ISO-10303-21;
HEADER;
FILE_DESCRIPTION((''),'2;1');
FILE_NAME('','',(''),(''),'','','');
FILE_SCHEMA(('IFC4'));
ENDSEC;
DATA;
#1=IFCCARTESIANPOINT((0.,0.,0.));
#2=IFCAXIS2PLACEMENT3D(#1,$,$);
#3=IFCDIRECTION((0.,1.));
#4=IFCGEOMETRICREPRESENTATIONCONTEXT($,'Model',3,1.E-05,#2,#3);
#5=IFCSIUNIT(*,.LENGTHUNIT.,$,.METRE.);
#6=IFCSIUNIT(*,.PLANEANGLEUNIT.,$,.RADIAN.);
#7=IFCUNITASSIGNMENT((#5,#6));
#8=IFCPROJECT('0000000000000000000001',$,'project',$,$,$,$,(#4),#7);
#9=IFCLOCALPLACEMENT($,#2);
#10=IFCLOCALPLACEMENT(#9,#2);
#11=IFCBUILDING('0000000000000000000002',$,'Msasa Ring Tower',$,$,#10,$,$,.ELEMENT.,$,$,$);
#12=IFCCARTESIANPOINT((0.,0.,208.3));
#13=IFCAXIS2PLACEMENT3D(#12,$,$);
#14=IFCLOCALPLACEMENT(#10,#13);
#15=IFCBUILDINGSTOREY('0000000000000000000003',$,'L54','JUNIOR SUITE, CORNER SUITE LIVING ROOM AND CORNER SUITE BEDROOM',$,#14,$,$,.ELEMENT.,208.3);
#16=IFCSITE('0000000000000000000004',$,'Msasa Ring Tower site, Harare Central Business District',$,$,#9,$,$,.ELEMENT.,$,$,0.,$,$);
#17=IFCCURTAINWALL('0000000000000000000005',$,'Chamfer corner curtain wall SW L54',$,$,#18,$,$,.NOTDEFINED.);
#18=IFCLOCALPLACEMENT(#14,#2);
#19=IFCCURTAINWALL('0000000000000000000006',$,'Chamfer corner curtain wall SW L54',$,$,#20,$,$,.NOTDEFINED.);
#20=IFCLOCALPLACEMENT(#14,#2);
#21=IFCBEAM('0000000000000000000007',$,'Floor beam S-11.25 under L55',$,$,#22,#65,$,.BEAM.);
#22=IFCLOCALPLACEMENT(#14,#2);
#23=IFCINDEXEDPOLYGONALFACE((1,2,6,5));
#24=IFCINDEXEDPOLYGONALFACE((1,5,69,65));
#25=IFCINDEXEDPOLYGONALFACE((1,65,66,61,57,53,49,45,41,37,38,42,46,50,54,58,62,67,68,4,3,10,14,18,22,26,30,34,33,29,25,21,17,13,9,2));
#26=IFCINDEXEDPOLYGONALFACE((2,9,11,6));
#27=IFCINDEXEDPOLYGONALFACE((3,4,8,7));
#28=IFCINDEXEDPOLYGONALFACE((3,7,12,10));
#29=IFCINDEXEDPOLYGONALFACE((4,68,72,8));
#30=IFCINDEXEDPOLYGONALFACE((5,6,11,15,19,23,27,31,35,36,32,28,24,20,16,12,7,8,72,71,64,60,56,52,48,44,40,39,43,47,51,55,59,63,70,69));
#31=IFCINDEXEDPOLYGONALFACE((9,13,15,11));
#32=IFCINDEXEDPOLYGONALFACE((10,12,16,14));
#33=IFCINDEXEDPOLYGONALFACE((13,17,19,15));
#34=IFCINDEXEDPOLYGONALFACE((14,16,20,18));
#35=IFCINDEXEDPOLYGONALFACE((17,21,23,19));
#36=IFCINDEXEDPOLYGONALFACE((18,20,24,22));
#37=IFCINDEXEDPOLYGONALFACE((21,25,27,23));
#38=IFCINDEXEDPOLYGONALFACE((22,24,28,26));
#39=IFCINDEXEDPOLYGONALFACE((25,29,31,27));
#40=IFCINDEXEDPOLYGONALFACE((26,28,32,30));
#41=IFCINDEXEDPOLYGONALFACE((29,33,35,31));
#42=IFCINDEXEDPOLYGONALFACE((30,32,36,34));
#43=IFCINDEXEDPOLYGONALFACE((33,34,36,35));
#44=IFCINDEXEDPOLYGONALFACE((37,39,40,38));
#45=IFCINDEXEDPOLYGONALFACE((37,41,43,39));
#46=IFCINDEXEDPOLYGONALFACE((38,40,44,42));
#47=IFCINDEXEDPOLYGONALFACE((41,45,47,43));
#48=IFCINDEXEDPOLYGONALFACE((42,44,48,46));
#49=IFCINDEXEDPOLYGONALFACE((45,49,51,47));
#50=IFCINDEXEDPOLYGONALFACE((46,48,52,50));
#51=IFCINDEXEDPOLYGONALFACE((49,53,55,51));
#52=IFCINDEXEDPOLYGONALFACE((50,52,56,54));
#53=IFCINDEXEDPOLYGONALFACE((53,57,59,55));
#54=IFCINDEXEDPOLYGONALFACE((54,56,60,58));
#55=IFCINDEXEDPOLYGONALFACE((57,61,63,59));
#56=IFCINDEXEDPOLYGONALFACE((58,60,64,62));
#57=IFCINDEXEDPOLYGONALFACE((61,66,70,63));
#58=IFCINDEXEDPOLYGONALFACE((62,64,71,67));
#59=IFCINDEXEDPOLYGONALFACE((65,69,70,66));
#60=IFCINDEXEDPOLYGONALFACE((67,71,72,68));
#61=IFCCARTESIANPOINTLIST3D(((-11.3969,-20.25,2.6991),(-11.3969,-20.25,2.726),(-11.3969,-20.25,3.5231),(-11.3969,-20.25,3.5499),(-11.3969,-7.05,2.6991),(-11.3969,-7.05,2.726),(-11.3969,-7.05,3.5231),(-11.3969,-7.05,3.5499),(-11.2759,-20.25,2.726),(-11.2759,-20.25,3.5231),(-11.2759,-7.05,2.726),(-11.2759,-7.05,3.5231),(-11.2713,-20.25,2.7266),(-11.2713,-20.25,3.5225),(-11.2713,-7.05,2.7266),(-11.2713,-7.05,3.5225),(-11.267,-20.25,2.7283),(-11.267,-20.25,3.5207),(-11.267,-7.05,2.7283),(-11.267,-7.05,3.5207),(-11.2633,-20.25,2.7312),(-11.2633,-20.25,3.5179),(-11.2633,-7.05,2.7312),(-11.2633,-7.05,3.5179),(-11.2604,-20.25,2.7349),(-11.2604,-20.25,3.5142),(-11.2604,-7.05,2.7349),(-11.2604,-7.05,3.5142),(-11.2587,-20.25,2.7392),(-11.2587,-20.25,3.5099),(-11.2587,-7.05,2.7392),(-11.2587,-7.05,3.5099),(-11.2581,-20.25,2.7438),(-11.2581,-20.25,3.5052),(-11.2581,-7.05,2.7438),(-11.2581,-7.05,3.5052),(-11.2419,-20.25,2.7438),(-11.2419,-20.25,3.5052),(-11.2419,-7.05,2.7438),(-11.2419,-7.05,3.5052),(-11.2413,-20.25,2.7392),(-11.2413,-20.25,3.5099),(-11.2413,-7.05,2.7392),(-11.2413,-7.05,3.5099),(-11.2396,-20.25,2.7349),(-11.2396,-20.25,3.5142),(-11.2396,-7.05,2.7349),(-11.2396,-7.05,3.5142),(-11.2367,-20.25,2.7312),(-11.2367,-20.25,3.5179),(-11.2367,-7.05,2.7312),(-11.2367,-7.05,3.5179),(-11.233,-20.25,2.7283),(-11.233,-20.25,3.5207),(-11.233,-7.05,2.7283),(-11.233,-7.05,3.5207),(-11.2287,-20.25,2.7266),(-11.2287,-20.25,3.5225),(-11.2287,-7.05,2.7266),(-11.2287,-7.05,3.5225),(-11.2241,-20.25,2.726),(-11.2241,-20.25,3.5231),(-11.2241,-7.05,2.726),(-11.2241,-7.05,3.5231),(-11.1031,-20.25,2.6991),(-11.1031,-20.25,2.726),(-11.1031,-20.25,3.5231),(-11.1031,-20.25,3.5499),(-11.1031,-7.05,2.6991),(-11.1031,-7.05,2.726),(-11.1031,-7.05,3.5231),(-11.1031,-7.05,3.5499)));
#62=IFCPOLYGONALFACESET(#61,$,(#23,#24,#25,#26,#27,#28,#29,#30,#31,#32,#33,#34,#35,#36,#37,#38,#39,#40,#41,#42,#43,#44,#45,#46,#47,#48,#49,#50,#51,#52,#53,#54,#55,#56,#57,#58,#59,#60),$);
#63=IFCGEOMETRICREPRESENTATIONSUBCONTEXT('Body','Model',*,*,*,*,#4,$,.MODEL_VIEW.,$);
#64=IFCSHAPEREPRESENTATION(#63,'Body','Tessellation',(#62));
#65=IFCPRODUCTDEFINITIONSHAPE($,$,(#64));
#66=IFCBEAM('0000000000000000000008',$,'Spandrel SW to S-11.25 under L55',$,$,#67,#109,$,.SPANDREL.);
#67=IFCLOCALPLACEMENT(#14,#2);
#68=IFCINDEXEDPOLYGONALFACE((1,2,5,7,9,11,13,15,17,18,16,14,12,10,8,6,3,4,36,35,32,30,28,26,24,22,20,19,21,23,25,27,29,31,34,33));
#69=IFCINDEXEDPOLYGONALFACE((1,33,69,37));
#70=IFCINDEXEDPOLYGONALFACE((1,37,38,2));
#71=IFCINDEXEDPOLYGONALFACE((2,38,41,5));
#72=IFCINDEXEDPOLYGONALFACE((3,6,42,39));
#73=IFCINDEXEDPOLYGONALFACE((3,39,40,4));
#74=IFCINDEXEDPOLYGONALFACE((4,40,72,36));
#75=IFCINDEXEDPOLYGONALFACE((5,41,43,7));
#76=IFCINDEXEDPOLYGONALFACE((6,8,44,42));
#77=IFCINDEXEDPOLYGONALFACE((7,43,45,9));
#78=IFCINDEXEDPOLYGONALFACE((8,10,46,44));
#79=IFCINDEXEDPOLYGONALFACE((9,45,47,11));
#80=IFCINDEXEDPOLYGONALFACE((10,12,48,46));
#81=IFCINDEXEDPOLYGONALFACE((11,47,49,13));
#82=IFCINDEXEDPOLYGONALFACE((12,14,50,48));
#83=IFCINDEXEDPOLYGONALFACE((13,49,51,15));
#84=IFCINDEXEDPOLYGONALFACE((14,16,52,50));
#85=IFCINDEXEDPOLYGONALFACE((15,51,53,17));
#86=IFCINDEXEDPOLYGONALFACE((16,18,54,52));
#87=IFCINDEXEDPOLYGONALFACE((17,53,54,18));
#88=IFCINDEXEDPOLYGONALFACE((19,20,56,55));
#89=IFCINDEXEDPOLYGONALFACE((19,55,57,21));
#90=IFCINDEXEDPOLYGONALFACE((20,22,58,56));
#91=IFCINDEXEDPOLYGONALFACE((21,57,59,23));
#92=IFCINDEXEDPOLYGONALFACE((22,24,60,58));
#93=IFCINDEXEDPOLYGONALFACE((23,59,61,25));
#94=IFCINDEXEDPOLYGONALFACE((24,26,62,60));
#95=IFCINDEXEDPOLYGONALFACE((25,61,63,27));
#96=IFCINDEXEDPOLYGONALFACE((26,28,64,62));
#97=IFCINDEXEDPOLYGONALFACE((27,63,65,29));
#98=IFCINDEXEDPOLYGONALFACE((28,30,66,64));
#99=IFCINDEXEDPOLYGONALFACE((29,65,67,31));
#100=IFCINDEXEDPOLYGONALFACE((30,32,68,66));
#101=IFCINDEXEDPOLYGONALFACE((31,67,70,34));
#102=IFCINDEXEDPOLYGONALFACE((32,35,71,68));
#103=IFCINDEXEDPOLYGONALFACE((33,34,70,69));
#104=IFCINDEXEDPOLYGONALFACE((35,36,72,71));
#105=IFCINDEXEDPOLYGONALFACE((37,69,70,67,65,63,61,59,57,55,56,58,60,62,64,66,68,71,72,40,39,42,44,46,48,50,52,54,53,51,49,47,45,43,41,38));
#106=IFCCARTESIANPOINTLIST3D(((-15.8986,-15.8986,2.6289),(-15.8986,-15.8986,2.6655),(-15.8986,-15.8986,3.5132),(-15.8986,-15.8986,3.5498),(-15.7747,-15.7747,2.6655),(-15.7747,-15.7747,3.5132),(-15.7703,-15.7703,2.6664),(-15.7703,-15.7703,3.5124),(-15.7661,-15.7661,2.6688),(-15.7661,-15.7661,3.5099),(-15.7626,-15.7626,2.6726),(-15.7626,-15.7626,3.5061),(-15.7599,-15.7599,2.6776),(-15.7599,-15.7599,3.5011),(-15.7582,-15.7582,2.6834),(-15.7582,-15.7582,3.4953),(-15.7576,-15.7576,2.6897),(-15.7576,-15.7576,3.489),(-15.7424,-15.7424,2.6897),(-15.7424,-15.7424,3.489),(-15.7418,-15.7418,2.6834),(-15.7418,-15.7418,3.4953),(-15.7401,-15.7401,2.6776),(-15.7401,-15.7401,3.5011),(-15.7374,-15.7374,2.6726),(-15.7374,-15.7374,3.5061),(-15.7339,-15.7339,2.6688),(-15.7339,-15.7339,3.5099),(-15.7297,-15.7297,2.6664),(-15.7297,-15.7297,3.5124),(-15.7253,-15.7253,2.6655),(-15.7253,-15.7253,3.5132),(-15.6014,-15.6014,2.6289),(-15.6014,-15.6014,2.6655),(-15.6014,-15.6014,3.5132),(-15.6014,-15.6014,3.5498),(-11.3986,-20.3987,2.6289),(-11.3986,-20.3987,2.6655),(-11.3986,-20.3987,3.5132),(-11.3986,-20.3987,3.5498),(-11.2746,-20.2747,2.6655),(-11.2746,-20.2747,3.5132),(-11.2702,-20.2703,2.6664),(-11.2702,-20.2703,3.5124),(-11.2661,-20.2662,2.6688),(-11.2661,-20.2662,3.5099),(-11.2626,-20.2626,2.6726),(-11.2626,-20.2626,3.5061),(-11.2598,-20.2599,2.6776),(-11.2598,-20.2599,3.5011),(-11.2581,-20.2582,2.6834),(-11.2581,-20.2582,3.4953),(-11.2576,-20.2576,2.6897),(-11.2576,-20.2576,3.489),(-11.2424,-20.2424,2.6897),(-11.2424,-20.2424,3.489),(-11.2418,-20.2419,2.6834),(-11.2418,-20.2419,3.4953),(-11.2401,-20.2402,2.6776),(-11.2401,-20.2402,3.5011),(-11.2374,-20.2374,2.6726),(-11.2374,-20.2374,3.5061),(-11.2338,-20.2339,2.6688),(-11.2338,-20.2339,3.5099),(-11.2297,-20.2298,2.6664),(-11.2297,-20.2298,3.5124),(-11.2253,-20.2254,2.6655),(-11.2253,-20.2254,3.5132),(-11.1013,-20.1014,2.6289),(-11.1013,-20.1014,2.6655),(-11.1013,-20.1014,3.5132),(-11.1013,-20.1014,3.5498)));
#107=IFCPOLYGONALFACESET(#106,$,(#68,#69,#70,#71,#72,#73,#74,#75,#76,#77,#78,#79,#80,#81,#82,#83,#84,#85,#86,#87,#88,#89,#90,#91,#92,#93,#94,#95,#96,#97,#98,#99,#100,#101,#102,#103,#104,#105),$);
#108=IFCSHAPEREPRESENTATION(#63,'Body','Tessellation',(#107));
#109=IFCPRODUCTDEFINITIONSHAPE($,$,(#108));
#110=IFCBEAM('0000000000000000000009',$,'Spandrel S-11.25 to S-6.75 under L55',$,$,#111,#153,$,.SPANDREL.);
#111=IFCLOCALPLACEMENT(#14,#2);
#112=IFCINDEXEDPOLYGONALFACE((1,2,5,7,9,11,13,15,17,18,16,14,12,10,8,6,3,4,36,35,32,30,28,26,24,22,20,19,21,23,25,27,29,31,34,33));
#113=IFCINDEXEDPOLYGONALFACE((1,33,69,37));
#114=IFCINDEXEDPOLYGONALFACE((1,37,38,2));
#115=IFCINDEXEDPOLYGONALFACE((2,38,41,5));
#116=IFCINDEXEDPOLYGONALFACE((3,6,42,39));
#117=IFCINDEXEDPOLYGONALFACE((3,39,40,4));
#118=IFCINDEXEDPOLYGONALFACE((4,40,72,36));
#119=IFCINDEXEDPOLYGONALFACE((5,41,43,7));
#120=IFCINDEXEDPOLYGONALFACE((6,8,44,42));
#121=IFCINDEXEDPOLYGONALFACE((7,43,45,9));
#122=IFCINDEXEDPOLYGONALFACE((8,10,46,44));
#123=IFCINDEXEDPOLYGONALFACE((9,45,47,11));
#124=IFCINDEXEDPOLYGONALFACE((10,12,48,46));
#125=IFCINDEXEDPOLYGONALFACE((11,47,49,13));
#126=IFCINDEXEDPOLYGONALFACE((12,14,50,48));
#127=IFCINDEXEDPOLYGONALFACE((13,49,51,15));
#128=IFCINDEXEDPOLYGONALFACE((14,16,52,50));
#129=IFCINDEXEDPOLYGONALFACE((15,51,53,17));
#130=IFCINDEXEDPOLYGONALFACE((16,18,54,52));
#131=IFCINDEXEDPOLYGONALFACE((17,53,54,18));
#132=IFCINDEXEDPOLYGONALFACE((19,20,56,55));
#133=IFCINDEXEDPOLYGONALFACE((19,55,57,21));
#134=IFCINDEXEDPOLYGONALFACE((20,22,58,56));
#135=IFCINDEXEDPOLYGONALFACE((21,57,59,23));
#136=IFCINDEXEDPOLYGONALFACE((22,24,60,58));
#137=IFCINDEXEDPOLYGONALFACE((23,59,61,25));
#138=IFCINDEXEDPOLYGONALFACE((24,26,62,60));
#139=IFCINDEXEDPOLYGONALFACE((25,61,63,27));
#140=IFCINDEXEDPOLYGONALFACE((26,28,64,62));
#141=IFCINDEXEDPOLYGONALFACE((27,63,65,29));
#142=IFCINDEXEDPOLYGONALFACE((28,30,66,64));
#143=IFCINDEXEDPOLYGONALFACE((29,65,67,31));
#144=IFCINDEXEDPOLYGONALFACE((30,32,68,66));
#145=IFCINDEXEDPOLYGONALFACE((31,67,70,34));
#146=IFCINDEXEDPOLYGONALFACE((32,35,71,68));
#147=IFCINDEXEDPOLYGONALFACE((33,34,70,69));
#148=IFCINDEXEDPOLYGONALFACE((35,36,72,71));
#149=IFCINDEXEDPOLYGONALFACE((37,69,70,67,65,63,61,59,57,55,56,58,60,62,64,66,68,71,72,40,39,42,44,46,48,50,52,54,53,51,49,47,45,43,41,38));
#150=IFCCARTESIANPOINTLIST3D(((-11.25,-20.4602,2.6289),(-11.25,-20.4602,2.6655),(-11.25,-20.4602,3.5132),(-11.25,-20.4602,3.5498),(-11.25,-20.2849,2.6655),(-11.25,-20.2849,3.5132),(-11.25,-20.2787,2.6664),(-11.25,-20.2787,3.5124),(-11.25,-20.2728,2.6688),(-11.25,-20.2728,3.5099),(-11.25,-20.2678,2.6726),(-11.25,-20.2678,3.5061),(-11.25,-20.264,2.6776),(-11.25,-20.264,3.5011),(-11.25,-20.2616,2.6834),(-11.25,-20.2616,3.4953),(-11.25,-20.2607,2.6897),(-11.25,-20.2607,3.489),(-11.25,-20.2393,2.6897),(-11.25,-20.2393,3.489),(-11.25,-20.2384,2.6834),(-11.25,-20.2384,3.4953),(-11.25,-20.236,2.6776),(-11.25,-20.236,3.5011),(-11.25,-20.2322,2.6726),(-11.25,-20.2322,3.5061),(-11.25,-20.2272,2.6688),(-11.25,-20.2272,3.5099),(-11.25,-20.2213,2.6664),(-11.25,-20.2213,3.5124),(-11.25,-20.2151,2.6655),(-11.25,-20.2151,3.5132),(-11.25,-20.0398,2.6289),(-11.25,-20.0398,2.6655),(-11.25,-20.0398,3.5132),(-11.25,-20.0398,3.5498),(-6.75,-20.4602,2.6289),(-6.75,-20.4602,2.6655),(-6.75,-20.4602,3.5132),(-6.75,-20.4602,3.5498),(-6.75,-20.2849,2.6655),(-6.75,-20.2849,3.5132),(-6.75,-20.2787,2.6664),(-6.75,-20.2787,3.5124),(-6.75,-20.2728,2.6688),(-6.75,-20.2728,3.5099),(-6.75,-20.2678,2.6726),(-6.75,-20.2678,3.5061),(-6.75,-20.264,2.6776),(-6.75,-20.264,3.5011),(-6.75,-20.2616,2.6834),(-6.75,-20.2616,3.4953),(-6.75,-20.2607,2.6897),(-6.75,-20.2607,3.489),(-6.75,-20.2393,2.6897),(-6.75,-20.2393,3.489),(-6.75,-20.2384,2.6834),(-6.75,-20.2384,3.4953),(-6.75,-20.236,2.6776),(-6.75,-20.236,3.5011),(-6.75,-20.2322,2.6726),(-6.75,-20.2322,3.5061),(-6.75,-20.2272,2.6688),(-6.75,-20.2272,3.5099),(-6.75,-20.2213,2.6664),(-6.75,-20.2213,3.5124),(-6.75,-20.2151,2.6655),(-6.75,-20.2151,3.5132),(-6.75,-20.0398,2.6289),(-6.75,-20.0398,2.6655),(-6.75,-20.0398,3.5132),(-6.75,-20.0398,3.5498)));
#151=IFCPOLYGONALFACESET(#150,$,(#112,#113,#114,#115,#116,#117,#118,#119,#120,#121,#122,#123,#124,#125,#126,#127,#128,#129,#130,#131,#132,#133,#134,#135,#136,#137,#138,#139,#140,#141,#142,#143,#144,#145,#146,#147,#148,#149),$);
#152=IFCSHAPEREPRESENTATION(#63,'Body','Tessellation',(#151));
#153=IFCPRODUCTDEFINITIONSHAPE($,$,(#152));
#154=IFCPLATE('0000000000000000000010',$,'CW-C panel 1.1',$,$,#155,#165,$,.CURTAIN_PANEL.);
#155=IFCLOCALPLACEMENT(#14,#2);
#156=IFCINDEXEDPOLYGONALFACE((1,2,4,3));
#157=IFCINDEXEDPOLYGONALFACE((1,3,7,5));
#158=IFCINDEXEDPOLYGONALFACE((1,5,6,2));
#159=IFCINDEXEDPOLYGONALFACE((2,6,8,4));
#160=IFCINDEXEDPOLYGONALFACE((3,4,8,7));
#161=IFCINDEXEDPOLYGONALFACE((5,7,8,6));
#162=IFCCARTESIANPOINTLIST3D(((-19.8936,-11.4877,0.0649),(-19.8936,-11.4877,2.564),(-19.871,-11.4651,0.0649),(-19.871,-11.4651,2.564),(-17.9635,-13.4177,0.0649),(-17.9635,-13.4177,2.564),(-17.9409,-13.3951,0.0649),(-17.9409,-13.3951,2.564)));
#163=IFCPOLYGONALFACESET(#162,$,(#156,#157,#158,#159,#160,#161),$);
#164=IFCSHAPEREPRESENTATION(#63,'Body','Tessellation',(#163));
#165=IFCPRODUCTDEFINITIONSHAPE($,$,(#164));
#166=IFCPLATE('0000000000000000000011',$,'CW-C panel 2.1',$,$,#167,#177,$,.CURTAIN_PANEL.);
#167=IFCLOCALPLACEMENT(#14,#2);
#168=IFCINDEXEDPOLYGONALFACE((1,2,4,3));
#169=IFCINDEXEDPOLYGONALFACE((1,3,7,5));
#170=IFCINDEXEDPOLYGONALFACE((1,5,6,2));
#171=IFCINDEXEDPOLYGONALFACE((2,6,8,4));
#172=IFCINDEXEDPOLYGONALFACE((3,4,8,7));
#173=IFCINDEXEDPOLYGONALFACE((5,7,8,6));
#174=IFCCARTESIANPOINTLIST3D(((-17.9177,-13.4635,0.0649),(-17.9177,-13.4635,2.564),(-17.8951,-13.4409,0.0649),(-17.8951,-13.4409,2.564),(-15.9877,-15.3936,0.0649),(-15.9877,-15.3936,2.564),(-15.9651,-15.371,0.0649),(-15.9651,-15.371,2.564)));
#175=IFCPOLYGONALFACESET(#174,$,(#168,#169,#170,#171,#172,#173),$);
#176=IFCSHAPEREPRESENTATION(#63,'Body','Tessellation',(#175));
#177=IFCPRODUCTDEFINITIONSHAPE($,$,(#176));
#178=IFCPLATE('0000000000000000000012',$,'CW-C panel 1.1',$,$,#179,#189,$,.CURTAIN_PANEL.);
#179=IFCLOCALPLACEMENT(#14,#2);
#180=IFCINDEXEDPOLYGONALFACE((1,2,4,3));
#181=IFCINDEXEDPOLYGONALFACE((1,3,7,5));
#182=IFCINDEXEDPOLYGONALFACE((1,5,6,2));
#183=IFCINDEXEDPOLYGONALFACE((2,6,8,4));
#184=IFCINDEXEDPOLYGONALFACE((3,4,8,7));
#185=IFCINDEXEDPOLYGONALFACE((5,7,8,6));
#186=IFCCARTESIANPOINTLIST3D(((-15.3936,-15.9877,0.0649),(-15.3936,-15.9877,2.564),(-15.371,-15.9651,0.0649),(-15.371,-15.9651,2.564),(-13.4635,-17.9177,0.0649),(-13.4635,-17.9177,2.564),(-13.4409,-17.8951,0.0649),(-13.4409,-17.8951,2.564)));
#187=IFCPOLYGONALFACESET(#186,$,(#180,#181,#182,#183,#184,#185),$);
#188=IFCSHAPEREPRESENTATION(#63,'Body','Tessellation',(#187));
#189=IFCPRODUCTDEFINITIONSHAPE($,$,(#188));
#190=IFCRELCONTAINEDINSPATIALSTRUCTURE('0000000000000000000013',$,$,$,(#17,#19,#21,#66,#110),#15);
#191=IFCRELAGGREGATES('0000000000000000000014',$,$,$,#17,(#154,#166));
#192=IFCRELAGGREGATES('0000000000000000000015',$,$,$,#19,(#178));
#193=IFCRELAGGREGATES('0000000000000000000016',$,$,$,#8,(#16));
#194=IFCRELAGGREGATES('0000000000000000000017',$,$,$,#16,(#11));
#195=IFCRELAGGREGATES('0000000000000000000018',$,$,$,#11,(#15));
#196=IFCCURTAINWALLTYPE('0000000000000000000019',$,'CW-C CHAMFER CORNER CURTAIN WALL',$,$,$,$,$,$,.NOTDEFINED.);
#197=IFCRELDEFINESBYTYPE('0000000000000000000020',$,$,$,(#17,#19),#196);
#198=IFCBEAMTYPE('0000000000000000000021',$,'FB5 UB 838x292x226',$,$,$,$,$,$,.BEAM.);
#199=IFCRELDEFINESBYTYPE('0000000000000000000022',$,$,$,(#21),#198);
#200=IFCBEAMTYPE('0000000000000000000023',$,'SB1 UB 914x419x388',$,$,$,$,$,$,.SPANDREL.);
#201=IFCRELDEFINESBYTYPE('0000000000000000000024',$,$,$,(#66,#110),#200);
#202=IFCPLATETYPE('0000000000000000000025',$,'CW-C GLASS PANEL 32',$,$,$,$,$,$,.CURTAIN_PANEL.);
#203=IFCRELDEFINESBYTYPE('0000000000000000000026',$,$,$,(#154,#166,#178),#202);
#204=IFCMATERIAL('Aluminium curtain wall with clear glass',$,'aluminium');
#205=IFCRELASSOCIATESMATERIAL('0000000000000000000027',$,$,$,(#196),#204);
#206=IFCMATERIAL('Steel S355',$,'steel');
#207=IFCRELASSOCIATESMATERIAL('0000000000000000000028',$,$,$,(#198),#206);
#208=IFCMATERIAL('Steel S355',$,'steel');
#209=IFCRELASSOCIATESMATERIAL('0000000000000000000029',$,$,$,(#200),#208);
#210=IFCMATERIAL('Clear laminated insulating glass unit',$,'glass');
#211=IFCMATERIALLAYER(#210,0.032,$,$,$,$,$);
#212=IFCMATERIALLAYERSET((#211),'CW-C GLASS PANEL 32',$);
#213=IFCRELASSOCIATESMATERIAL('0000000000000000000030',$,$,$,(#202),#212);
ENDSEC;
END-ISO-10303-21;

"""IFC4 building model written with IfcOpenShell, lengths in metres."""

from ifc_helpers import new_model, si_unit, direction, frame, origin, origin_2d, place, context, subcontext, project, spatial, rectangle, i_section, extrude, material, layer, layer_set, material_profile, profile_set, type_object, element, aggregate, save


model = new_model("IFC4")

# Units and contexts
model_context = context("Model", 3, precision=1e-05, world=origin(), true_north=direction((0.0, 1.0)))
body_context = subcontext(model_context, "Body", "Model", "MODEL_VIEW")
ifc_project = project(units=[si_unit("LENGTHUNIT", "METRE"), si_unit("PLANEANGLEUNIT", "RADIAN")], contexts=[model_context])

# Site, building, storey
site_placement = place(None, origin())
site = spatial("IfcSite", under=ifc_project, at=site_placement, Name="Msasa Ring Tower site, Harare Central Business District", CompositionType="ELEMENT", RefElevation=0.0)
building_placement = place(site_placement, origin())
building = spatial("IfcBuilding", under=site, at=building_placement, Name="Msasa Ring Tower", CompositionType="ELEMENT")
storey_placement = place(building_placement, frame((0.0, 0.0, 208.3)))
storey = spatial("IfcBuildingStorey", under=building, at=storey_placement, Name="L54", Description="JUNIOR SUITE, CORNER SUITE LIVING ROOM AND CORNER SUITE BEDROOM", CompositionType="ELEMENT", Elevation=208.3)

# Curtain walls
ifc_material_1 = material(Name="Aluminium curtain wall with clear glass", Category="aluminium")
curtain_wall_type = type_object("IfcCurtainWallType", Name="CW-C CHAMFER CORNER CURTAIN WALL", PredefinedType="NOTDEFINED", material=ifc_material_1)
curtain_wall_1_placement = place(storey_placement, origin())
curtain_wall_1 = element("IfcCurtainWall", 1, at=curtain_wall_1_placement, inside=storey, type_object=curtain_wall_type, Name="Chamfer corner curtain wall SW L54", PredefinedType="NOTDEFINED")
curtain_wall_2_placement = place(storey_placement, origin())
curtain_wall_2 = element("IfcCurtainWall", 2, at=curtain_wall_2_placement, inside=storey, type_object=curtain_wall_type, Name="Chamfer corner curtain wall SW L54", PredefinedType="NOTDEFINED")

# Beams
ifc_material_2 = material(Name="Steel S355", Category="steel")
ifc_material_profile_1 = material_profile(ifc_material_2, i_section(OverallWidth=0.2937, OverallDepth=0.8508, WebThickness=0.0161, FlangeThickness=0.0269, FilletRadius=0.0178, at=origin_2d()), Name="UB 838x292x226")
ifc_profile_set_1 = profile_set([ifc_material_profile_1], Name="Steel S355")
beam_type_1 = type_object("IfcBeamType", Name="FB5 UB 838x292x226", PredefinedType="BEAM", material=ifc_profile_set_1)
beam_1_placement = place(storey_placement, frame((-11.25, -20.25, 3.1245), z_axis=(0.0, 1.0, 0.0), x_axis=(-1.0, 0.0, 0.0)))
element("IfcBeam", 3, at=beam_1_placement, inside=storey, type_object=beam_type_1, Name="Floor beam S-11.25 under L55", PredefinedType="BEAM", context=body_context, shape_type="SweptSolid", body=[
    extrude(i_section(OverallWidth=0.2937, OverallDepth=0.8508, WebThickness=0.0161, FlangeThickness=0.0269, FilletRadius=0.0178, at=origin_2d()), origin(), (0.0, 0.0, 1.0), 13.2),
])
ifc_material_3 = material(Name="Steel S355", Category="steel")
ifc_material_profile_2 = material_profile(ifc_material_3, i_section(OverallWidth=0.4204, OverallDepth=0.9209, WebThickness=0.0215, FlangeThickness=0.0366, FilletRadius=0.0242, at=origin_2d()), Name="UB 914x419x388")
ifc_profile_set_2 = profile_set([ifc_material_profile_2], Name="Steel S355")
beam_type_2 = type_object("IfcBeamType", Name="SB1 UB 914x419x388", PredefinedType="SPANDREL", material=ifc_profile_set_2)
beam_2_placement = place(storey_placement, frame((-15.75, -15.75, 3.0894), z_axis=(0.707107, -0.707107, 0.0), x_axis=(0.707107, 0.707107, 0.0)))
element("IfcBeam", 4, at=beam_2_placement, inside=storey, type_object=beam_type_2, Name="Spandrel SW to S-11.25 under L55", PredefinedType="SPANDREL", context=body_context, shape_type="SweptSolid", body=[
    extrude(i_section(OverallWidth=0.4204, OverallDepth=0.9209, WebThickness=0.0215, FlangeThickness=0.0366, FilletRadius=0.0242, at=origin_2d()), origin(), (0.0, 0.0, 1.0), 6.364),
])
beam_3_placement = place(storey_placement, frame((-11.25, -20.25, 3.0894), z_axis=(1.0, 0.0, 0.0), x_axis=(0.0, 1.0, 0.0)))
element("IfcBeam", 5, at=beam_3_placement, inside=storey, type_object=beam_type_2, Name="Spandrel S-11.25 to S-6.75 under L55", PredefinedType="SPANDREL", context=body_context, shape_type="SweptSolid", body=[
    extrude(i_section(OverallWidth=0.4204, OverallDepth=0.9209, WebThickness=0.0215, FlangeThickness=0.0366, FilletRadius=0.0242, at=origin_2d()), origin(), (0.0, 0.0, 1.0), 4.5),
])

# Plates
ifc_material_4 = material(Name="Clear laminated insulating glass unit", Category="glass")
ifc_layer_1 = layer(ifc_material_4, 0.032)
ifc_layer_set_1 = layer_set([ifc_layer_1], Name="CW-C GLASS PANEL 32")
plate_type = type_object("IfcPlateType", Name="CW-C GLASS PANEL 32", PredefinedType="CURTAIN_PANEL", material=ifc_layer_set_1)
plate_1_placement = place(storey_placement, frame((-18.9172, -12.4414, 0.0649), z_axis=(0.0, 0.0, 1.0), x_axis=(0.707107, -0.707107, 0.0)))
plate_1 = element("IfcPlate", 6, at=plate_1_placement, type_object=plate_type, Name="CW-C panel 1.1", PredefinedType="CURTAIN_PANEL", context=body_context, shape_type="SweptSolid", body=[
    extrude(rectangle(XDim=2.7295, YDim=0.032, at=origin_2d()), origin(), (0.0, 0.0, 1.0), 2.499),
])
plate_2_placement = place(storey_placement, frame((-16.9414, -14.4172, 0.0649), z_axis=(0.0, 0.0, 1.0), x_axis=(0.707107, -0.707107, 0.0)))
plate_2 = element("IfcPlate", 7, at=plate_2_placement, type_object=plate_type, Name="CW-C panel 2.1", PredefinedType="CURTAIN_PANEL", context=body_context, shape_type="SweptSolid", body=[
    extrude(rectangle(XDim=2.7295, YDim=0.032, at=origin_2d()), origin(), (0.0, 0.0, 1.0), 2.499),
])
aggregate(curtain_wall_1, [plate_1, plate_2])
plate_3_placement = place(storey_placement, frame((-14.4172, -16.9414, 0.0649), z_axis=(0.0, 0.0, 1.0), x_axis=(0.707107, -0.707107, 0.0)))
plate_3 = element("IfcPlate", 8, at=plate_3_placement, type_object=plate_type, Name="CW-C panel 1.1", PredefinedType="CURTAIN_PANEL", context=body_context, shape_type="SweptSolid", body=[
    extrude(rectangle(XDim=2.7295, YDim=0.032, at=origin_2d()), origin(), (0.0, 0.0, 1.0), 2.499),
])
aggregate(curtain_wall_2, [plate_3])

save(model, "model.ifc")
